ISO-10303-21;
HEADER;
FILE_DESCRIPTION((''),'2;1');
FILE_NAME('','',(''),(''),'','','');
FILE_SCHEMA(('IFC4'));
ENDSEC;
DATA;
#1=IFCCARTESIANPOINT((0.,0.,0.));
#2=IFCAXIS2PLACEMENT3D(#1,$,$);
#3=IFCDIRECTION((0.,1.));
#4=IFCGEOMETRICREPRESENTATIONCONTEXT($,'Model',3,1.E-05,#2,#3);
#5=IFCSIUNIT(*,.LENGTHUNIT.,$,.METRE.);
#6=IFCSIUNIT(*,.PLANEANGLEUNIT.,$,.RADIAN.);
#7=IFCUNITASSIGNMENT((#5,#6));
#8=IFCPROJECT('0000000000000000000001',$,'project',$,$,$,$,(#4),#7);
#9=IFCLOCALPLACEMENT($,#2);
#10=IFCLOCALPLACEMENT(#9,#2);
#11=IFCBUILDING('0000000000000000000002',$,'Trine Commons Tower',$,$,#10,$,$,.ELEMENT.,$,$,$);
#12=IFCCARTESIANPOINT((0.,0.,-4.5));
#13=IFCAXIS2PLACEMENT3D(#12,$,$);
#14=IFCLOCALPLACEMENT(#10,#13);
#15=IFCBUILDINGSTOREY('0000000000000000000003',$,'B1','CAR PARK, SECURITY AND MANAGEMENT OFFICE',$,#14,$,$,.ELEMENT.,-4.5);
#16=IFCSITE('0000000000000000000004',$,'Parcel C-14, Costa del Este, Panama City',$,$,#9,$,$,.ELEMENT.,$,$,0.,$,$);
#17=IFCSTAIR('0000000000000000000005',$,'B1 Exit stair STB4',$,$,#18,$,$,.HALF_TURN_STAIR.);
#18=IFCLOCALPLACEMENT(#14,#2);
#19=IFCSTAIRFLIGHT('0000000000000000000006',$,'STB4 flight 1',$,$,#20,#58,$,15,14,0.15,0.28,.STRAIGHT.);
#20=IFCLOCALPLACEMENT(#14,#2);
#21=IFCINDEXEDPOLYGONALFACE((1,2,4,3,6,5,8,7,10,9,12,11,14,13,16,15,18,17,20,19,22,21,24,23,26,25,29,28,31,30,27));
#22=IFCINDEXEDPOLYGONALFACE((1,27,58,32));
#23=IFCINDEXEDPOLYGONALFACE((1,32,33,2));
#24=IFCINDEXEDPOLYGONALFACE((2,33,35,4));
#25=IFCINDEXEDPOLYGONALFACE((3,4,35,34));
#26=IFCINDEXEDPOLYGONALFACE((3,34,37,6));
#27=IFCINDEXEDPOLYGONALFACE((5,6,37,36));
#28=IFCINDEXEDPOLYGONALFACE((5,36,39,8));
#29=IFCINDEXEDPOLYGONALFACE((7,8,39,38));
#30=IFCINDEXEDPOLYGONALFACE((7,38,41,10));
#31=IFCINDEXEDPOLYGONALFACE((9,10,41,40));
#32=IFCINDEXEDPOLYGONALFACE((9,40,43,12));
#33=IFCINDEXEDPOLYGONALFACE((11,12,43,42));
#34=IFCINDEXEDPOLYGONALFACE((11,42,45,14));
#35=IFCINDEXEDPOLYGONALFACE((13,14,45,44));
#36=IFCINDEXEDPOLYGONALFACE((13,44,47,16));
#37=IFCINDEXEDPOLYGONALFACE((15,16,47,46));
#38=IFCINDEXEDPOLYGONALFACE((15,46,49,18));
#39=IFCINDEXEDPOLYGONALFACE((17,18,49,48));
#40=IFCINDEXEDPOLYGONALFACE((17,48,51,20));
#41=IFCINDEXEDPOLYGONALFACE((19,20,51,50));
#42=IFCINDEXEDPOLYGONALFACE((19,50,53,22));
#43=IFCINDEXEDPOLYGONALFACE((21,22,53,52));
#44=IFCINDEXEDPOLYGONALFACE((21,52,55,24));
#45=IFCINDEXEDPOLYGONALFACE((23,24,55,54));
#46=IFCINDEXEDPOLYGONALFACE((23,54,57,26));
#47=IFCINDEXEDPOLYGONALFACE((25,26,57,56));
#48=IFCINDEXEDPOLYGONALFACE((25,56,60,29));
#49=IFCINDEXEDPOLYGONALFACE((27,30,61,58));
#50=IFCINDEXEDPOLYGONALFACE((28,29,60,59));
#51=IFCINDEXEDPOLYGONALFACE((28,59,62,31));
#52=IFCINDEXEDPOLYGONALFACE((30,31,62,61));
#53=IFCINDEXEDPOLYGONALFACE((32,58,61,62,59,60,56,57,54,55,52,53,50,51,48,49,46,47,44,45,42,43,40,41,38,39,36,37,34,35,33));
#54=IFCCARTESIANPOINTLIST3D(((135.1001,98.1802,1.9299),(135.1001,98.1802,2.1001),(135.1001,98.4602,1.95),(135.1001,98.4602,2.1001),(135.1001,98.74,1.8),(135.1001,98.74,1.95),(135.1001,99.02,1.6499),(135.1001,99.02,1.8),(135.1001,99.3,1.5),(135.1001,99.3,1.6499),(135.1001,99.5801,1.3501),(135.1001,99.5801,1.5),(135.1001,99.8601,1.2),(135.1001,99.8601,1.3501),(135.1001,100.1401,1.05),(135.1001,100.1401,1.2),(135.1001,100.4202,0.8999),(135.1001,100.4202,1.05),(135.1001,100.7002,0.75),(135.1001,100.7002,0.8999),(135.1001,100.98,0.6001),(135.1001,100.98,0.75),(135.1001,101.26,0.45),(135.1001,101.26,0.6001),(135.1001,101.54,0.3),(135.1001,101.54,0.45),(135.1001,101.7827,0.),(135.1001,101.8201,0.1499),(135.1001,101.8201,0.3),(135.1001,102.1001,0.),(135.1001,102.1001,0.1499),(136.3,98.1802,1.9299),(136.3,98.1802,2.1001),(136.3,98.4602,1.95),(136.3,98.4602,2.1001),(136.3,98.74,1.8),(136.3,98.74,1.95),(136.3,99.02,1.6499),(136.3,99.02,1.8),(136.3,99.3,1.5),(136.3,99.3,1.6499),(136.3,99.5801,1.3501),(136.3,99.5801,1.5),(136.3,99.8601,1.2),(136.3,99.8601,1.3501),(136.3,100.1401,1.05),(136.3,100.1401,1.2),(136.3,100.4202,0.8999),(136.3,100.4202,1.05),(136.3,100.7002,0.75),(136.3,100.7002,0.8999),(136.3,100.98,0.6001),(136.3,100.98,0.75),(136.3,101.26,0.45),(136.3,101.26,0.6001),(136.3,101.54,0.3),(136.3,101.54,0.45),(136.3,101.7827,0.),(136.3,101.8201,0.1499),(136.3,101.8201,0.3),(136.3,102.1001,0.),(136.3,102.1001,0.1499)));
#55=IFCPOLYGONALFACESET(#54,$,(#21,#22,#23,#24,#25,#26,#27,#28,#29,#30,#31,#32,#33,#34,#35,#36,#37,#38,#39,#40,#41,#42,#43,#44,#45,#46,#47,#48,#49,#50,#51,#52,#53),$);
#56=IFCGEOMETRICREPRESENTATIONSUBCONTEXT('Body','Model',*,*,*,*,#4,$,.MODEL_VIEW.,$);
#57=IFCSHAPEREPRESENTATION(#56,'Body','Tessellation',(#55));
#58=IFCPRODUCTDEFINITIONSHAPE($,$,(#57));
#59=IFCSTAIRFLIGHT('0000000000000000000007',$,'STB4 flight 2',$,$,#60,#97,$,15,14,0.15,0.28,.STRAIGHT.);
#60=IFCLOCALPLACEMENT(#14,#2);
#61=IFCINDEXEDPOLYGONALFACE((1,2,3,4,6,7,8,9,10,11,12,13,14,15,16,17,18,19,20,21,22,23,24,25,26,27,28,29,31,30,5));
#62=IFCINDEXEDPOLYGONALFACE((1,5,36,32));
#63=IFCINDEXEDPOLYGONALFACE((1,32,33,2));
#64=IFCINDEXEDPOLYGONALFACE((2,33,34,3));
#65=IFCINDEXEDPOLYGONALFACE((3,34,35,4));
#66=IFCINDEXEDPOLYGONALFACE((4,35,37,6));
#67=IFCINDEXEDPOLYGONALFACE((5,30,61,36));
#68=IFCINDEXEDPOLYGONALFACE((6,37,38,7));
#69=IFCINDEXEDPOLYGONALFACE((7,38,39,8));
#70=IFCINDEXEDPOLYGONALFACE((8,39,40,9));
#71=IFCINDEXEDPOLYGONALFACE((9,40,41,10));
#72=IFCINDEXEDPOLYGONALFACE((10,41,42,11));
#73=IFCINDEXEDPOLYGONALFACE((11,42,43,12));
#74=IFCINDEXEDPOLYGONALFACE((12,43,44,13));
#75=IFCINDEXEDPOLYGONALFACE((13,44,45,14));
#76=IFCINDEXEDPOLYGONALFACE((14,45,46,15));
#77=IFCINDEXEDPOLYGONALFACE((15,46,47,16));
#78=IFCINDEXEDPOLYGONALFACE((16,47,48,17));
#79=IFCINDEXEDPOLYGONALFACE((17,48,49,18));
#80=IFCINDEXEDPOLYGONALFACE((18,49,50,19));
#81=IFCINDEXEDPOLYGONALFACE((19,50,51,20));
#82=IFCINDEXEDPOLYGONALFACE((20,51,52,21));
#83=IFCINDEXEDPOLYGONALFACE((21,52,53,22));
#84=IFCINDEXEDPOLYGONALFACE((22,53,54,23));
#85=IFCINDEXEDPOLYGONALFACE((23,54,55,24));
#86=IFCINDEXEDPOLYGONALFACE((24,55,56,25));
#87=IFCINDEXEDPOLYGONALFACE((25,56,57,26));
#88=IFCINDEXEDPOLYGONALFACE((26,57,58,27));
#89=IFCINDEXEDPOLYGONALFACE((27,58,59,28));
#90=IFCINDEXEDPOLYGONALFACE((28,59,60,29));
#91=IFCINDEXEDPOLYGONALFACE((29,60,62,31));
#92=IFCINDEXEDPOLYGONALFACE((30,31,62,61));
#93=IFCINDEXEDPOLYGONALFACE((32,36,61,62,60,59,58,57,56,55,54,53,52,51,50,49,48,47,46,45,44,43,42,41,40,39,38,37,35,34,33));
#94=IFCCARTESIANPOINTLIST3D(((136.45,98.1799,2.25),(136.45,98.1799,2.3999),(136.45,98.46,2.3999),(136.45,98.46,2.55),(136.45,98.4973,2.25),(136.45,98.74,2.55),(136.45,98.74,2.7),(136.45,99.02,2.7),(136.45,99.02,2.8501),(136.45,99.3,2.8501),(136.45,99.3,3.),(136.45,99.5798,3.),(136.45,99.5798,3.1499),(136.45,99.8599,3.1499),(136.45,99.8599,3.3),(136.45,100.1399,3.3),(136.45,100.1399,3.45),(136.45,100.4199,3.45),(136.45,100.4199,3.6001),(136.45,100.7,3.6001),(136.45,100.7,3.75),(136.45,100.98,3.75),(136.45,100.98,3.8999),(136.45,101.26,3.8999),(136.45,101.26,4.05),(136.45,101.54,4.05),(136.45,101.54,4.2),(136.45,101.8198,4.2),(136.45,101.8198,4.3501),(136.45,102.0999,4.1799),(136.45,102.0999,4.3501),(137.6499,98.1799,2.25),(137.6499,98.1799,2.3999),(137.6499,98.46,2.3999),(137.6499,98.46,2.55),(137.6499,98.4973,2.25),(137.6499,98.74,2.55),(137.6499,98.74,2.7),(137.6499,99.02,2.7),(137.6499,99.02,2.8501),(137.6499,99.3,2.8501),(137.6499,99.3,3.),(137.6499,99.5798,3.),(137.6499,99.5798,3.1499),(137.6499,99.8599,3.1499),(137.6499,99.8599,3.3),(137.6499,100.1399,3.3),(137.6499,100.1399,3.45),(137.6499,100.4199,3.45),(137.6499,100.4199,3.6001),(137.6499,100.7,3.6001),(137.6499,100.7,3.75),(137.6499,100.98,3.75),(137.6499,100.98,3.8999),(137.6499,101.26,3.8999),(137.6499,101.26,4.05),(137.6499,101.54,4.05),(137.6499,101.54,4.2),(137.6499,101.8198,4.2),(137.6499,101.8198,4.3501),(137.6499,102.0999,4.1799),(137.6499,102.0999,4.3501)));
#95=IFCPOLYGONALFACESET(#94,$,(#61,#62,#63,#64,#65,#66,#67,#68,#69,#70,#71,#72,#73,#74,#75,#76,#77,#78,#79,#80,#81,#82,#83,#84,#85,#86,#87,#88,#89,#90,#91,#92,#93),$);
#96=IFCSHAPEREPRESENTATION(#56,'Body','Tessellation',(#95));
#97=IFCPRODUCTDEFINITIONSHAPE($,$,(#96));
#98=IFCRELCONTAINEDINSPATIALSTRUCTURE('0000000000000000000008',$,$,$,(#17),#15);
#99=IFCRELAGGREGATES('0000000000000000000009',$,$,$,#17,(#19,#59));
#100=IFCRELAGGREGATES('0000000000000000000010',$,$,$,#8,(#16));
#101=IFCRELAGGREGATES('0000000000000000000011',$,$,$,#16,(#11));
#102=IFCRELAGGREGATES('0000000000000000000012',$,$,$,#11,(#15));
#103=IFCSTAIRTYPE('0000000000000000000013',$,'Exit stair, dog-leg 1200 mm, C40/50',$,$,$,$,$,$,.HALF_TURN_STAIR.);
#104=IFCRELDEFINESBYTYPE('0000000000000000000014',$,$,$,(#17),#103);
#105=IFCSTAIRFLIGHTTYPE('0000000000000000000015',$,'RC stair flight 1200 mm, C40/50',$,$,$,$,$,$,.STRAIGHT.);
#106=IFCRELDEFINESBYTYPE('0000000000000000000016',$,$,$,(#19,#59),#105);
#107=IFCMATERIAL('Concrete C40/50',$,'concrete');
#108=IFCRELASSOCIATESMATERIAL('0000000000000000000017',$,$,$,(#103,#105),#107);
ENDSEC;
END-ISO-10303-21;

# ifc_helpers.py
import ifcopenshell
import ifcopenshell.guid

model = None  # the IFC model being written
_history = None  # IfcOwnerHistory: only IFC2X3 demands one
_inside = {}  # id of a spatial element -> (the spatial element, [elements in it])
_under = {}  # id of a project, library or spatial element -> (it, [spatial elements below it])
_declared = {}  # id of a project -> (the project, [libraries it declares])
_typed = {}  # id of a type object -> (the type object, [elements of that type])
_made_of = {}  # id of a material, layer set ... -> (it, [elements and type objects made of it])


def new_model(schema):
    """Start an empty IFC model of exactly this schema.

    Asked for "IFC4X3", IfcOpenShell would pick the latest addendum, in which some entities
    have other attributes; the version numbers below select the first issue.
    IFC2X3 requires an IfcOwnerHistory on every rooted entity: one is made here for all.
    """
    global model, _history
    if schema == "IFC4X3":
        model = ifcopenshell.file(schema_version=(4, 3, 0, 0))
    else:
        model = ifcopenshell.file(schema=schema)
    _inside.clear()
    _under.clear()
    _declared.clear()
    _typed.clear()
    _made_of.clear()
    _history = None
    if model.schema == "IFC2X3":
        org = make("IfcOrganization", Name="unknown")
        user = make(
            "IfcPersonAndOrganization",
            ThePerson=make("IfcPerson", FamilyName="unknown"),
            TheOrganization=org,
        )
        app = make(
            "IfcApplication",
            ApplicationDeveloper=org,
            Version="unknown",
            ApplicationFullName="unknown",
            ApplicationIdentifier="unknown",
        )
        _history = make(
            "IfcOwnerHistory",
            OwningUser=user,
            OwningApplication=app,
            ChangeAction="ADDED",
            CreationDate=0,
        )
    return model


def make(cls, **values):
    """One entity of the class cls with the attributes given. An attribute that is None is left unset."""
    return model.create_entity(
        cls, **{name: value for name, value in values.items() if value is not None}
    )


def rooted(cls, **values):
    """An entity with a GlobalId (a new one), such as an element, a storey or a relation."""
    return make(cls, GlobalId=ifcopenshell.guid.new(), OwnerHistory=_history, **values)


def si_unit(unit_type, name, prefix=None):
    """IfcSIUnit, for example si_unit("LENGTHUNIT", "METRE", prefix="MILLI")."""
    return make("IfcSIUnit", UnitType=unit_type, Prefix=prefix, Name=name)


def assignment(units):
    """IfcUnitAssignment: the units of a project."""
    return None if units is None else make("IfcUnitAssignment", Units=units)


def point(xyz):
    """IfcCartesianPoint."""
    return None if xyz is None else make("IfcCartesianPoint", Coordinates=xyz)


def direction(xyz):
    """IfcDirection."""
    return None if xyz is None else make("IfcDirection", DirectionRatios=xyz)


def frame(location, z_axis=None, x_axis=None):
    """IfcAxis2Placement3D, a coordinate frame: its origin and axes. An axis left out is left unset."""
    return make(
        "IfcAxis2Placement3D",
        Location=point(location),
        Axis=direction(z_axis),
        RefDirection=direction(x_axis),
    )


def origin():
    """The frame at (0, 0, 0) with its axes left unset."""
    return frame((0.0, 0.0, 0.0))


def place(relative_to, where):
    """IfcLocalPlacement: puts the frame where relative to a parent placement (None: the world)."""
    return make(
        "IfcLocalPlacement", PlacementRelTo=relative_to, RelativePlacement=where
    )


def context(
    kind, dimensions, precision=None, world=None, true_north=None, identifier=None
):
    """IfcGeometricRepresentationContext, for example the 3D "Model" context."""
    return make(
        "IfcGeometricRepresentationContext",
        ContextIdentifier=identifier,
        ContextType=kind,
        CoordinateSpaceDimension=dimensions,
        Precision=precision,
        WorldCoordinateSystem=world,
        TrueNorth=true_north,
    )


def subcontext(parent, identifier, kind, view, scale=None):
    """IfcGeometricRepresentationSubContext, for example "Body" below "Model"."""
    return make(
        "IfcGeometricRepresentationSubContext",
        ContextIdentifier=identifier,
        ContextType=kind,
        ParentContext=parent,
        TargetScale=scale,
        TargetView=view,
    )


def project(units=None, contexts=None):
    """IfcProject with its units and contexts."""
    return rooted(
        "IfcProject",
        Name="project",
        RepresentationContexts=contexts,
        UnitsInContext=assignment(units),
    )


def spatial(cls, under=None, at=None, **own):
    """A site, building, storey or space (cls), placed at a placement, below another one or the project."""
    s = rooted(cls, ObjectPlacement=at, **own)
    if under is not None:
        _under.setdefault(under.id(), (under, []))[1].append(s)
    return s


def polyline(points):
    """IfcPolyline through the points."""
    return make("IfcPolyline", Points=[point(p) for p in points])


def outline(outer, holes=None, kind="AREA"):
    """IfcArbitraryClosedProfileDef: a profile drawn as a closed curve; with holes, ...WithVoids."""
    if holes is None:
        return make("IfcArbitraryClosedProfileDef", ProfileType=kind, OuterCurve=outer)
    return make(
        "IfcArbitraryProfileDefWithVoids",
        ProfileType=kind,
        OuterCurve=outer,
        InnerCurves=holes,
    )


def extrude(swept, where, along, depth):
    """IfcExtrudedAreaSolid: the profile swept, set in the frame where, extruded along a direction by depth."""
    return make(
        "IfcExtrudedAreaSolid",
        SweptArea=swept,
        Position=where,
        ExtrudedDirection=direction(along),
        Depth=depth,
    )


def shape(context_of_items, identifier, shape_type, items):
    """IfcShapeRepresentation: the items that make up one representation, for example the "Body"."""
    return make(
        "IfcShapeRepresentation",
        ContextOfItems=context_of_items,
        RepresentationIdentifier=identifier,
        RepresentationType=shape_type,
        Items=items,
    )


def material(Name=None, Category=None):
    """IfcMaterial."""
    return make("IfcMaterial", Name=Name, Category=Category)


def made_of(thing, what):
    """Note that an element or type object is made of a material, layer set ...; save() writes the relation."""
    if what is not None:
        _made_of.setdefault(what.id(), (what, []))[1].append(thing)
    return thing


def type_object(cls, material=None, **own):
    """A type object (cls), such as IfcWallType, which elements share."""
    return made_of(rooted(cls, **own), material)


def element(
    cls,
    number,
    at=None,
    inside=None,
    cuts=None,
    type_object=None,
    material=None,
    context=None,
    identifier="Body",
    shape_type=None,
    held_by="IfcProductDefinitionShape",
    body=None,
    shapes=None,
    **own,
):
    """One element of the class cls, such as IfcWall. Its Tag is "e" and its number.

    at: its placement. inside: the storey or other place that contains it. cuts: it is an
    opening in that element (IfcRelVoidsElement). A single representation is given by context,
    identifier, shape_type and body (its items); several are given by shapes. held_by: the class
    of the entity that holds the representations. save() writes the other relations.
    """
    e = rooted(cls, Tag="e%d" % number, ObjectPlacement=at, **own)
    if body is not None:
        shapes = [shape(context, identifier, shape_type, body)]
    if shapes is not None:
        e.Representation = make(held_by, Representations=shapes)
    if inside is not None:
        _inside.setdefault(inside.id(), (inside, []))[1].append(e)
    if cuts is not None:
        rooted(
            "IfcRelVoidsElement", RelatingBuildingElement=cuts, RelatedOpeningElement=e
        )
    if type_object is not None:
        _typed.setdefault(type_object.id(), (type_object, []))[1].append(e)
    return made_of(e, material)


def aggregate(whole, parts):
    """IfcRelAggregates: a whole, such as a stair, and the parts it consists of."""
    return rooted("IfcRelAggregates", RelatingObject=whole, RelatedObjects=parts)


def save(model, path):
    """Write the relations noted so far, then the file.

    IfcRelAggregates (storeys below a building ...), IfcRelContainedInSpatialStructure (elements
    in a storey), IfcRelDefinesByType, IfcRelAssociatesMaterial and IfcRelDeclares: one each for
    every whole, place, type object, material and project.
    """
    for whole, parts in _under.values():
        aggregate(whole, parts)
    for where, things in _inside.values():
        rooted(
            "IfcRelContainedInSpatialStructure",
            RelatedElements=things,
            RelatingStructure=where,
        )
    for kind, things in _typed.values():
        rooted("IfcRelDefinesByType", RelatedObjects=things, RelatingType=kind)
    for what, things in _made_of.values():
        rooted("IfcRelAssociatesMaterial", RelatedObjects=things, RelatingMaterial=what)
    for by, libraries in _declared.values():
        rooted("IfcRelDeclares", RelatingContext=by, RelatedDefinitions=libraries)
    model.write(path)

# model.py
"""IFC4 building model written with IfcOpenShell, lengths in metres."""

from ifc_helpers import new_model, si_unit, direction, frame, origin, place, context, subcontext, project, spatial, polyline, outline, extrude, material, type_object, element, aggregate, save


model = new_model("IFC4")

# Units and contexts
model_context = context("Model", 3, precision=1e-05, world=origin(), true_north=direction((0.0, 1.0)))
body_context = subcontext(model_context, "Body", "Model", "MODEL_VIEW")
ifc_project = project(units=[si_unit("LENGTHUNIT", "METRE"), si_unit("PLANEANGLEUNIT", "RADIAN")], contexts=[model_context])

# Site, building, storey
site_placement = place(None, origin())
site = spatial("IfcSite", under=ifc_project, at=site_placement, Name="Parcel C-14, Costa del Este, Panama City", CompositionType="ELEMENT", RefElevation=0.0)
building_placement = place(site_placement, origin())
building = spatial("IfcBuilding", under=site, at=building_placement, Name="Trine Commons Tower", CompositionType="ELEMENT")
storey_placement = place(building_placement, frame((0.0, 0.0, -4.5)))
storey = spatial("IfcBuildingStorey", under=building, at=storey_placement, Name="B1", Description="CAR PARK, SECURITY AND MANAGEMENT OFFICE", CompositionType="ELEMENT", Elevation=-4.5)

# Shared definitions
ifc_material_1 = material(Name="Concrete C40/50", Category="concrete")

# Stair, stair flights
stair_type = type_object("IfcStairType", Name="Exit stair, dog-leg 1200 mm, C40/50", PredefinedType="HALF_TURN_STAIR", material=ifc_material_1)
stair_placement = place(storey_placement, origin())
stair = element("IfcStair", 1, at=stair_placement, inside=storey, type_object=stair_type, Name="B1 Exit stair STB4", PredefinedType="HALF_TURN_STAIR")
stair_flight_type = type_object("IfcStairFlightType", Name="RC stair flight 1200 mm, C40/50", PredefinedType="STRAIGHT", material=ifc_material_1)
stair_flight_1_placement = place(storey_placement, frame((135.7, 102.1001, 0.0), z_axis=(0.0, 0.0, 1.0), x_axis=(0.0, -1.0, 0.0)))
stair_flight_1 = element("IfcStairFlight", 2, at=stair_flight_1_placement, type_object=stair_flight_type, Name="STB4 flight 1", NumberOfRisers=15, NumberOfTreads=14, PredefinedType="STRAIGHT", RiserHeight=0.15, TreadLength=0.28, context=body_context, shape_type="SweptSolid", body=[
    extrude(outline(polyline([(0.0, 0.0), (0.0, 0.1499), (0.28, 0.1499), (0.28, 0.3), (0.5601, 0.3), (0.5601, 0.45), (0.8401, 0.45), (0.8401, 0.6001), (1.1201, 0.6001), (1.1201, 0.75), (1.3999, 0.75), (1.3999, 0.8999), (1.6799, 0.8999), (1.6799, 1.05), (1.96, 1.05), (1.96, 1.2), (2.24, 1.2), (2.24, 1.3501), (2.52, 1.3501), (2.52, 1.5), (2.8, 1.5), (2.8, 1.6499), (3.0801, 1.6499), (3.0801, 1.8), (3.3601, 1.8), (3.3601, 1.95), (3.6399, 1.95), (3.6399, 2.1001), (3.9199, 2.1001), (3.9199, 2.25), (3.9199, 1.9299), (0.3174, 0.0), (0.0, 0.0)])), frame((0.0, 0.6001, 0.0), z_axis=(0.0, -1.0, 0.0), x_axis=(1.0, 0.0, 0.0)), (0.0, 0.0, 1.0), 1.2),
])
stair_flight_2_placement = place(storey_placement, frame((137.05, 98.1799, 2.25), z_axis=(0.0, 0.0, 1.0), x_axis=(0.0, 1.0, 0.0)))
stair_flight_2 = element("IfcStairFlight", 3, at=stair_flight_2_placement, type_object=stair_flight_type, Name="STB4 flight 2", NumberOfRisers=15, NumberOfTreads=14, PredefinedType="STRAIGHT", RiserHeight=0.15, TreadLength=0.28, context=body_context, shape_type="SweptSolid", body=[
    extrude(outline(polyline([(0.0, 0.0), (0.0, 0.1499), (0.28, 0.1499), (0.28, 0.3), (0.5601, 0.3), (0.5601, 0.45), (0.8401, 0.45), (0.8401, 0.6001), (1.1201, 0.6001), (1.1201, 0.75), (1.3999, 0.75), (1.3999, 0.8999), (1.6799, 0.8999), (1.6799, 1.05), (1.96, 1.05), (1.96, 1.2), (2.24, 1.2), (2.24, 1.3501), (2.52, 1.3501), (2.52, 1.5), (2.8, 1.5), (2.8, 1.6499), (3.0801, 1.6499), (3.0801, 1.8), (3.3601, 1.8), (3.3601, 1.95), (3.6399, 1.95), (3.6399, 2.1001), (3.9199, 2.1001), (3.9199, 2.25), (3.9199, 1.9299), (0.3174, 0.0), (0.0, 0.0)])), frame((0.0, 0.6001, 0.0), z_axis=(0.0, -1.0, 0.0), x_axis=(1.0, 0.0, 0.0)), (0.0, 0.0, 1.0), 1.2),
])
aggregate(stair, [stair_flight_1, stair_flight_2])

save(model, "model.ifc")
